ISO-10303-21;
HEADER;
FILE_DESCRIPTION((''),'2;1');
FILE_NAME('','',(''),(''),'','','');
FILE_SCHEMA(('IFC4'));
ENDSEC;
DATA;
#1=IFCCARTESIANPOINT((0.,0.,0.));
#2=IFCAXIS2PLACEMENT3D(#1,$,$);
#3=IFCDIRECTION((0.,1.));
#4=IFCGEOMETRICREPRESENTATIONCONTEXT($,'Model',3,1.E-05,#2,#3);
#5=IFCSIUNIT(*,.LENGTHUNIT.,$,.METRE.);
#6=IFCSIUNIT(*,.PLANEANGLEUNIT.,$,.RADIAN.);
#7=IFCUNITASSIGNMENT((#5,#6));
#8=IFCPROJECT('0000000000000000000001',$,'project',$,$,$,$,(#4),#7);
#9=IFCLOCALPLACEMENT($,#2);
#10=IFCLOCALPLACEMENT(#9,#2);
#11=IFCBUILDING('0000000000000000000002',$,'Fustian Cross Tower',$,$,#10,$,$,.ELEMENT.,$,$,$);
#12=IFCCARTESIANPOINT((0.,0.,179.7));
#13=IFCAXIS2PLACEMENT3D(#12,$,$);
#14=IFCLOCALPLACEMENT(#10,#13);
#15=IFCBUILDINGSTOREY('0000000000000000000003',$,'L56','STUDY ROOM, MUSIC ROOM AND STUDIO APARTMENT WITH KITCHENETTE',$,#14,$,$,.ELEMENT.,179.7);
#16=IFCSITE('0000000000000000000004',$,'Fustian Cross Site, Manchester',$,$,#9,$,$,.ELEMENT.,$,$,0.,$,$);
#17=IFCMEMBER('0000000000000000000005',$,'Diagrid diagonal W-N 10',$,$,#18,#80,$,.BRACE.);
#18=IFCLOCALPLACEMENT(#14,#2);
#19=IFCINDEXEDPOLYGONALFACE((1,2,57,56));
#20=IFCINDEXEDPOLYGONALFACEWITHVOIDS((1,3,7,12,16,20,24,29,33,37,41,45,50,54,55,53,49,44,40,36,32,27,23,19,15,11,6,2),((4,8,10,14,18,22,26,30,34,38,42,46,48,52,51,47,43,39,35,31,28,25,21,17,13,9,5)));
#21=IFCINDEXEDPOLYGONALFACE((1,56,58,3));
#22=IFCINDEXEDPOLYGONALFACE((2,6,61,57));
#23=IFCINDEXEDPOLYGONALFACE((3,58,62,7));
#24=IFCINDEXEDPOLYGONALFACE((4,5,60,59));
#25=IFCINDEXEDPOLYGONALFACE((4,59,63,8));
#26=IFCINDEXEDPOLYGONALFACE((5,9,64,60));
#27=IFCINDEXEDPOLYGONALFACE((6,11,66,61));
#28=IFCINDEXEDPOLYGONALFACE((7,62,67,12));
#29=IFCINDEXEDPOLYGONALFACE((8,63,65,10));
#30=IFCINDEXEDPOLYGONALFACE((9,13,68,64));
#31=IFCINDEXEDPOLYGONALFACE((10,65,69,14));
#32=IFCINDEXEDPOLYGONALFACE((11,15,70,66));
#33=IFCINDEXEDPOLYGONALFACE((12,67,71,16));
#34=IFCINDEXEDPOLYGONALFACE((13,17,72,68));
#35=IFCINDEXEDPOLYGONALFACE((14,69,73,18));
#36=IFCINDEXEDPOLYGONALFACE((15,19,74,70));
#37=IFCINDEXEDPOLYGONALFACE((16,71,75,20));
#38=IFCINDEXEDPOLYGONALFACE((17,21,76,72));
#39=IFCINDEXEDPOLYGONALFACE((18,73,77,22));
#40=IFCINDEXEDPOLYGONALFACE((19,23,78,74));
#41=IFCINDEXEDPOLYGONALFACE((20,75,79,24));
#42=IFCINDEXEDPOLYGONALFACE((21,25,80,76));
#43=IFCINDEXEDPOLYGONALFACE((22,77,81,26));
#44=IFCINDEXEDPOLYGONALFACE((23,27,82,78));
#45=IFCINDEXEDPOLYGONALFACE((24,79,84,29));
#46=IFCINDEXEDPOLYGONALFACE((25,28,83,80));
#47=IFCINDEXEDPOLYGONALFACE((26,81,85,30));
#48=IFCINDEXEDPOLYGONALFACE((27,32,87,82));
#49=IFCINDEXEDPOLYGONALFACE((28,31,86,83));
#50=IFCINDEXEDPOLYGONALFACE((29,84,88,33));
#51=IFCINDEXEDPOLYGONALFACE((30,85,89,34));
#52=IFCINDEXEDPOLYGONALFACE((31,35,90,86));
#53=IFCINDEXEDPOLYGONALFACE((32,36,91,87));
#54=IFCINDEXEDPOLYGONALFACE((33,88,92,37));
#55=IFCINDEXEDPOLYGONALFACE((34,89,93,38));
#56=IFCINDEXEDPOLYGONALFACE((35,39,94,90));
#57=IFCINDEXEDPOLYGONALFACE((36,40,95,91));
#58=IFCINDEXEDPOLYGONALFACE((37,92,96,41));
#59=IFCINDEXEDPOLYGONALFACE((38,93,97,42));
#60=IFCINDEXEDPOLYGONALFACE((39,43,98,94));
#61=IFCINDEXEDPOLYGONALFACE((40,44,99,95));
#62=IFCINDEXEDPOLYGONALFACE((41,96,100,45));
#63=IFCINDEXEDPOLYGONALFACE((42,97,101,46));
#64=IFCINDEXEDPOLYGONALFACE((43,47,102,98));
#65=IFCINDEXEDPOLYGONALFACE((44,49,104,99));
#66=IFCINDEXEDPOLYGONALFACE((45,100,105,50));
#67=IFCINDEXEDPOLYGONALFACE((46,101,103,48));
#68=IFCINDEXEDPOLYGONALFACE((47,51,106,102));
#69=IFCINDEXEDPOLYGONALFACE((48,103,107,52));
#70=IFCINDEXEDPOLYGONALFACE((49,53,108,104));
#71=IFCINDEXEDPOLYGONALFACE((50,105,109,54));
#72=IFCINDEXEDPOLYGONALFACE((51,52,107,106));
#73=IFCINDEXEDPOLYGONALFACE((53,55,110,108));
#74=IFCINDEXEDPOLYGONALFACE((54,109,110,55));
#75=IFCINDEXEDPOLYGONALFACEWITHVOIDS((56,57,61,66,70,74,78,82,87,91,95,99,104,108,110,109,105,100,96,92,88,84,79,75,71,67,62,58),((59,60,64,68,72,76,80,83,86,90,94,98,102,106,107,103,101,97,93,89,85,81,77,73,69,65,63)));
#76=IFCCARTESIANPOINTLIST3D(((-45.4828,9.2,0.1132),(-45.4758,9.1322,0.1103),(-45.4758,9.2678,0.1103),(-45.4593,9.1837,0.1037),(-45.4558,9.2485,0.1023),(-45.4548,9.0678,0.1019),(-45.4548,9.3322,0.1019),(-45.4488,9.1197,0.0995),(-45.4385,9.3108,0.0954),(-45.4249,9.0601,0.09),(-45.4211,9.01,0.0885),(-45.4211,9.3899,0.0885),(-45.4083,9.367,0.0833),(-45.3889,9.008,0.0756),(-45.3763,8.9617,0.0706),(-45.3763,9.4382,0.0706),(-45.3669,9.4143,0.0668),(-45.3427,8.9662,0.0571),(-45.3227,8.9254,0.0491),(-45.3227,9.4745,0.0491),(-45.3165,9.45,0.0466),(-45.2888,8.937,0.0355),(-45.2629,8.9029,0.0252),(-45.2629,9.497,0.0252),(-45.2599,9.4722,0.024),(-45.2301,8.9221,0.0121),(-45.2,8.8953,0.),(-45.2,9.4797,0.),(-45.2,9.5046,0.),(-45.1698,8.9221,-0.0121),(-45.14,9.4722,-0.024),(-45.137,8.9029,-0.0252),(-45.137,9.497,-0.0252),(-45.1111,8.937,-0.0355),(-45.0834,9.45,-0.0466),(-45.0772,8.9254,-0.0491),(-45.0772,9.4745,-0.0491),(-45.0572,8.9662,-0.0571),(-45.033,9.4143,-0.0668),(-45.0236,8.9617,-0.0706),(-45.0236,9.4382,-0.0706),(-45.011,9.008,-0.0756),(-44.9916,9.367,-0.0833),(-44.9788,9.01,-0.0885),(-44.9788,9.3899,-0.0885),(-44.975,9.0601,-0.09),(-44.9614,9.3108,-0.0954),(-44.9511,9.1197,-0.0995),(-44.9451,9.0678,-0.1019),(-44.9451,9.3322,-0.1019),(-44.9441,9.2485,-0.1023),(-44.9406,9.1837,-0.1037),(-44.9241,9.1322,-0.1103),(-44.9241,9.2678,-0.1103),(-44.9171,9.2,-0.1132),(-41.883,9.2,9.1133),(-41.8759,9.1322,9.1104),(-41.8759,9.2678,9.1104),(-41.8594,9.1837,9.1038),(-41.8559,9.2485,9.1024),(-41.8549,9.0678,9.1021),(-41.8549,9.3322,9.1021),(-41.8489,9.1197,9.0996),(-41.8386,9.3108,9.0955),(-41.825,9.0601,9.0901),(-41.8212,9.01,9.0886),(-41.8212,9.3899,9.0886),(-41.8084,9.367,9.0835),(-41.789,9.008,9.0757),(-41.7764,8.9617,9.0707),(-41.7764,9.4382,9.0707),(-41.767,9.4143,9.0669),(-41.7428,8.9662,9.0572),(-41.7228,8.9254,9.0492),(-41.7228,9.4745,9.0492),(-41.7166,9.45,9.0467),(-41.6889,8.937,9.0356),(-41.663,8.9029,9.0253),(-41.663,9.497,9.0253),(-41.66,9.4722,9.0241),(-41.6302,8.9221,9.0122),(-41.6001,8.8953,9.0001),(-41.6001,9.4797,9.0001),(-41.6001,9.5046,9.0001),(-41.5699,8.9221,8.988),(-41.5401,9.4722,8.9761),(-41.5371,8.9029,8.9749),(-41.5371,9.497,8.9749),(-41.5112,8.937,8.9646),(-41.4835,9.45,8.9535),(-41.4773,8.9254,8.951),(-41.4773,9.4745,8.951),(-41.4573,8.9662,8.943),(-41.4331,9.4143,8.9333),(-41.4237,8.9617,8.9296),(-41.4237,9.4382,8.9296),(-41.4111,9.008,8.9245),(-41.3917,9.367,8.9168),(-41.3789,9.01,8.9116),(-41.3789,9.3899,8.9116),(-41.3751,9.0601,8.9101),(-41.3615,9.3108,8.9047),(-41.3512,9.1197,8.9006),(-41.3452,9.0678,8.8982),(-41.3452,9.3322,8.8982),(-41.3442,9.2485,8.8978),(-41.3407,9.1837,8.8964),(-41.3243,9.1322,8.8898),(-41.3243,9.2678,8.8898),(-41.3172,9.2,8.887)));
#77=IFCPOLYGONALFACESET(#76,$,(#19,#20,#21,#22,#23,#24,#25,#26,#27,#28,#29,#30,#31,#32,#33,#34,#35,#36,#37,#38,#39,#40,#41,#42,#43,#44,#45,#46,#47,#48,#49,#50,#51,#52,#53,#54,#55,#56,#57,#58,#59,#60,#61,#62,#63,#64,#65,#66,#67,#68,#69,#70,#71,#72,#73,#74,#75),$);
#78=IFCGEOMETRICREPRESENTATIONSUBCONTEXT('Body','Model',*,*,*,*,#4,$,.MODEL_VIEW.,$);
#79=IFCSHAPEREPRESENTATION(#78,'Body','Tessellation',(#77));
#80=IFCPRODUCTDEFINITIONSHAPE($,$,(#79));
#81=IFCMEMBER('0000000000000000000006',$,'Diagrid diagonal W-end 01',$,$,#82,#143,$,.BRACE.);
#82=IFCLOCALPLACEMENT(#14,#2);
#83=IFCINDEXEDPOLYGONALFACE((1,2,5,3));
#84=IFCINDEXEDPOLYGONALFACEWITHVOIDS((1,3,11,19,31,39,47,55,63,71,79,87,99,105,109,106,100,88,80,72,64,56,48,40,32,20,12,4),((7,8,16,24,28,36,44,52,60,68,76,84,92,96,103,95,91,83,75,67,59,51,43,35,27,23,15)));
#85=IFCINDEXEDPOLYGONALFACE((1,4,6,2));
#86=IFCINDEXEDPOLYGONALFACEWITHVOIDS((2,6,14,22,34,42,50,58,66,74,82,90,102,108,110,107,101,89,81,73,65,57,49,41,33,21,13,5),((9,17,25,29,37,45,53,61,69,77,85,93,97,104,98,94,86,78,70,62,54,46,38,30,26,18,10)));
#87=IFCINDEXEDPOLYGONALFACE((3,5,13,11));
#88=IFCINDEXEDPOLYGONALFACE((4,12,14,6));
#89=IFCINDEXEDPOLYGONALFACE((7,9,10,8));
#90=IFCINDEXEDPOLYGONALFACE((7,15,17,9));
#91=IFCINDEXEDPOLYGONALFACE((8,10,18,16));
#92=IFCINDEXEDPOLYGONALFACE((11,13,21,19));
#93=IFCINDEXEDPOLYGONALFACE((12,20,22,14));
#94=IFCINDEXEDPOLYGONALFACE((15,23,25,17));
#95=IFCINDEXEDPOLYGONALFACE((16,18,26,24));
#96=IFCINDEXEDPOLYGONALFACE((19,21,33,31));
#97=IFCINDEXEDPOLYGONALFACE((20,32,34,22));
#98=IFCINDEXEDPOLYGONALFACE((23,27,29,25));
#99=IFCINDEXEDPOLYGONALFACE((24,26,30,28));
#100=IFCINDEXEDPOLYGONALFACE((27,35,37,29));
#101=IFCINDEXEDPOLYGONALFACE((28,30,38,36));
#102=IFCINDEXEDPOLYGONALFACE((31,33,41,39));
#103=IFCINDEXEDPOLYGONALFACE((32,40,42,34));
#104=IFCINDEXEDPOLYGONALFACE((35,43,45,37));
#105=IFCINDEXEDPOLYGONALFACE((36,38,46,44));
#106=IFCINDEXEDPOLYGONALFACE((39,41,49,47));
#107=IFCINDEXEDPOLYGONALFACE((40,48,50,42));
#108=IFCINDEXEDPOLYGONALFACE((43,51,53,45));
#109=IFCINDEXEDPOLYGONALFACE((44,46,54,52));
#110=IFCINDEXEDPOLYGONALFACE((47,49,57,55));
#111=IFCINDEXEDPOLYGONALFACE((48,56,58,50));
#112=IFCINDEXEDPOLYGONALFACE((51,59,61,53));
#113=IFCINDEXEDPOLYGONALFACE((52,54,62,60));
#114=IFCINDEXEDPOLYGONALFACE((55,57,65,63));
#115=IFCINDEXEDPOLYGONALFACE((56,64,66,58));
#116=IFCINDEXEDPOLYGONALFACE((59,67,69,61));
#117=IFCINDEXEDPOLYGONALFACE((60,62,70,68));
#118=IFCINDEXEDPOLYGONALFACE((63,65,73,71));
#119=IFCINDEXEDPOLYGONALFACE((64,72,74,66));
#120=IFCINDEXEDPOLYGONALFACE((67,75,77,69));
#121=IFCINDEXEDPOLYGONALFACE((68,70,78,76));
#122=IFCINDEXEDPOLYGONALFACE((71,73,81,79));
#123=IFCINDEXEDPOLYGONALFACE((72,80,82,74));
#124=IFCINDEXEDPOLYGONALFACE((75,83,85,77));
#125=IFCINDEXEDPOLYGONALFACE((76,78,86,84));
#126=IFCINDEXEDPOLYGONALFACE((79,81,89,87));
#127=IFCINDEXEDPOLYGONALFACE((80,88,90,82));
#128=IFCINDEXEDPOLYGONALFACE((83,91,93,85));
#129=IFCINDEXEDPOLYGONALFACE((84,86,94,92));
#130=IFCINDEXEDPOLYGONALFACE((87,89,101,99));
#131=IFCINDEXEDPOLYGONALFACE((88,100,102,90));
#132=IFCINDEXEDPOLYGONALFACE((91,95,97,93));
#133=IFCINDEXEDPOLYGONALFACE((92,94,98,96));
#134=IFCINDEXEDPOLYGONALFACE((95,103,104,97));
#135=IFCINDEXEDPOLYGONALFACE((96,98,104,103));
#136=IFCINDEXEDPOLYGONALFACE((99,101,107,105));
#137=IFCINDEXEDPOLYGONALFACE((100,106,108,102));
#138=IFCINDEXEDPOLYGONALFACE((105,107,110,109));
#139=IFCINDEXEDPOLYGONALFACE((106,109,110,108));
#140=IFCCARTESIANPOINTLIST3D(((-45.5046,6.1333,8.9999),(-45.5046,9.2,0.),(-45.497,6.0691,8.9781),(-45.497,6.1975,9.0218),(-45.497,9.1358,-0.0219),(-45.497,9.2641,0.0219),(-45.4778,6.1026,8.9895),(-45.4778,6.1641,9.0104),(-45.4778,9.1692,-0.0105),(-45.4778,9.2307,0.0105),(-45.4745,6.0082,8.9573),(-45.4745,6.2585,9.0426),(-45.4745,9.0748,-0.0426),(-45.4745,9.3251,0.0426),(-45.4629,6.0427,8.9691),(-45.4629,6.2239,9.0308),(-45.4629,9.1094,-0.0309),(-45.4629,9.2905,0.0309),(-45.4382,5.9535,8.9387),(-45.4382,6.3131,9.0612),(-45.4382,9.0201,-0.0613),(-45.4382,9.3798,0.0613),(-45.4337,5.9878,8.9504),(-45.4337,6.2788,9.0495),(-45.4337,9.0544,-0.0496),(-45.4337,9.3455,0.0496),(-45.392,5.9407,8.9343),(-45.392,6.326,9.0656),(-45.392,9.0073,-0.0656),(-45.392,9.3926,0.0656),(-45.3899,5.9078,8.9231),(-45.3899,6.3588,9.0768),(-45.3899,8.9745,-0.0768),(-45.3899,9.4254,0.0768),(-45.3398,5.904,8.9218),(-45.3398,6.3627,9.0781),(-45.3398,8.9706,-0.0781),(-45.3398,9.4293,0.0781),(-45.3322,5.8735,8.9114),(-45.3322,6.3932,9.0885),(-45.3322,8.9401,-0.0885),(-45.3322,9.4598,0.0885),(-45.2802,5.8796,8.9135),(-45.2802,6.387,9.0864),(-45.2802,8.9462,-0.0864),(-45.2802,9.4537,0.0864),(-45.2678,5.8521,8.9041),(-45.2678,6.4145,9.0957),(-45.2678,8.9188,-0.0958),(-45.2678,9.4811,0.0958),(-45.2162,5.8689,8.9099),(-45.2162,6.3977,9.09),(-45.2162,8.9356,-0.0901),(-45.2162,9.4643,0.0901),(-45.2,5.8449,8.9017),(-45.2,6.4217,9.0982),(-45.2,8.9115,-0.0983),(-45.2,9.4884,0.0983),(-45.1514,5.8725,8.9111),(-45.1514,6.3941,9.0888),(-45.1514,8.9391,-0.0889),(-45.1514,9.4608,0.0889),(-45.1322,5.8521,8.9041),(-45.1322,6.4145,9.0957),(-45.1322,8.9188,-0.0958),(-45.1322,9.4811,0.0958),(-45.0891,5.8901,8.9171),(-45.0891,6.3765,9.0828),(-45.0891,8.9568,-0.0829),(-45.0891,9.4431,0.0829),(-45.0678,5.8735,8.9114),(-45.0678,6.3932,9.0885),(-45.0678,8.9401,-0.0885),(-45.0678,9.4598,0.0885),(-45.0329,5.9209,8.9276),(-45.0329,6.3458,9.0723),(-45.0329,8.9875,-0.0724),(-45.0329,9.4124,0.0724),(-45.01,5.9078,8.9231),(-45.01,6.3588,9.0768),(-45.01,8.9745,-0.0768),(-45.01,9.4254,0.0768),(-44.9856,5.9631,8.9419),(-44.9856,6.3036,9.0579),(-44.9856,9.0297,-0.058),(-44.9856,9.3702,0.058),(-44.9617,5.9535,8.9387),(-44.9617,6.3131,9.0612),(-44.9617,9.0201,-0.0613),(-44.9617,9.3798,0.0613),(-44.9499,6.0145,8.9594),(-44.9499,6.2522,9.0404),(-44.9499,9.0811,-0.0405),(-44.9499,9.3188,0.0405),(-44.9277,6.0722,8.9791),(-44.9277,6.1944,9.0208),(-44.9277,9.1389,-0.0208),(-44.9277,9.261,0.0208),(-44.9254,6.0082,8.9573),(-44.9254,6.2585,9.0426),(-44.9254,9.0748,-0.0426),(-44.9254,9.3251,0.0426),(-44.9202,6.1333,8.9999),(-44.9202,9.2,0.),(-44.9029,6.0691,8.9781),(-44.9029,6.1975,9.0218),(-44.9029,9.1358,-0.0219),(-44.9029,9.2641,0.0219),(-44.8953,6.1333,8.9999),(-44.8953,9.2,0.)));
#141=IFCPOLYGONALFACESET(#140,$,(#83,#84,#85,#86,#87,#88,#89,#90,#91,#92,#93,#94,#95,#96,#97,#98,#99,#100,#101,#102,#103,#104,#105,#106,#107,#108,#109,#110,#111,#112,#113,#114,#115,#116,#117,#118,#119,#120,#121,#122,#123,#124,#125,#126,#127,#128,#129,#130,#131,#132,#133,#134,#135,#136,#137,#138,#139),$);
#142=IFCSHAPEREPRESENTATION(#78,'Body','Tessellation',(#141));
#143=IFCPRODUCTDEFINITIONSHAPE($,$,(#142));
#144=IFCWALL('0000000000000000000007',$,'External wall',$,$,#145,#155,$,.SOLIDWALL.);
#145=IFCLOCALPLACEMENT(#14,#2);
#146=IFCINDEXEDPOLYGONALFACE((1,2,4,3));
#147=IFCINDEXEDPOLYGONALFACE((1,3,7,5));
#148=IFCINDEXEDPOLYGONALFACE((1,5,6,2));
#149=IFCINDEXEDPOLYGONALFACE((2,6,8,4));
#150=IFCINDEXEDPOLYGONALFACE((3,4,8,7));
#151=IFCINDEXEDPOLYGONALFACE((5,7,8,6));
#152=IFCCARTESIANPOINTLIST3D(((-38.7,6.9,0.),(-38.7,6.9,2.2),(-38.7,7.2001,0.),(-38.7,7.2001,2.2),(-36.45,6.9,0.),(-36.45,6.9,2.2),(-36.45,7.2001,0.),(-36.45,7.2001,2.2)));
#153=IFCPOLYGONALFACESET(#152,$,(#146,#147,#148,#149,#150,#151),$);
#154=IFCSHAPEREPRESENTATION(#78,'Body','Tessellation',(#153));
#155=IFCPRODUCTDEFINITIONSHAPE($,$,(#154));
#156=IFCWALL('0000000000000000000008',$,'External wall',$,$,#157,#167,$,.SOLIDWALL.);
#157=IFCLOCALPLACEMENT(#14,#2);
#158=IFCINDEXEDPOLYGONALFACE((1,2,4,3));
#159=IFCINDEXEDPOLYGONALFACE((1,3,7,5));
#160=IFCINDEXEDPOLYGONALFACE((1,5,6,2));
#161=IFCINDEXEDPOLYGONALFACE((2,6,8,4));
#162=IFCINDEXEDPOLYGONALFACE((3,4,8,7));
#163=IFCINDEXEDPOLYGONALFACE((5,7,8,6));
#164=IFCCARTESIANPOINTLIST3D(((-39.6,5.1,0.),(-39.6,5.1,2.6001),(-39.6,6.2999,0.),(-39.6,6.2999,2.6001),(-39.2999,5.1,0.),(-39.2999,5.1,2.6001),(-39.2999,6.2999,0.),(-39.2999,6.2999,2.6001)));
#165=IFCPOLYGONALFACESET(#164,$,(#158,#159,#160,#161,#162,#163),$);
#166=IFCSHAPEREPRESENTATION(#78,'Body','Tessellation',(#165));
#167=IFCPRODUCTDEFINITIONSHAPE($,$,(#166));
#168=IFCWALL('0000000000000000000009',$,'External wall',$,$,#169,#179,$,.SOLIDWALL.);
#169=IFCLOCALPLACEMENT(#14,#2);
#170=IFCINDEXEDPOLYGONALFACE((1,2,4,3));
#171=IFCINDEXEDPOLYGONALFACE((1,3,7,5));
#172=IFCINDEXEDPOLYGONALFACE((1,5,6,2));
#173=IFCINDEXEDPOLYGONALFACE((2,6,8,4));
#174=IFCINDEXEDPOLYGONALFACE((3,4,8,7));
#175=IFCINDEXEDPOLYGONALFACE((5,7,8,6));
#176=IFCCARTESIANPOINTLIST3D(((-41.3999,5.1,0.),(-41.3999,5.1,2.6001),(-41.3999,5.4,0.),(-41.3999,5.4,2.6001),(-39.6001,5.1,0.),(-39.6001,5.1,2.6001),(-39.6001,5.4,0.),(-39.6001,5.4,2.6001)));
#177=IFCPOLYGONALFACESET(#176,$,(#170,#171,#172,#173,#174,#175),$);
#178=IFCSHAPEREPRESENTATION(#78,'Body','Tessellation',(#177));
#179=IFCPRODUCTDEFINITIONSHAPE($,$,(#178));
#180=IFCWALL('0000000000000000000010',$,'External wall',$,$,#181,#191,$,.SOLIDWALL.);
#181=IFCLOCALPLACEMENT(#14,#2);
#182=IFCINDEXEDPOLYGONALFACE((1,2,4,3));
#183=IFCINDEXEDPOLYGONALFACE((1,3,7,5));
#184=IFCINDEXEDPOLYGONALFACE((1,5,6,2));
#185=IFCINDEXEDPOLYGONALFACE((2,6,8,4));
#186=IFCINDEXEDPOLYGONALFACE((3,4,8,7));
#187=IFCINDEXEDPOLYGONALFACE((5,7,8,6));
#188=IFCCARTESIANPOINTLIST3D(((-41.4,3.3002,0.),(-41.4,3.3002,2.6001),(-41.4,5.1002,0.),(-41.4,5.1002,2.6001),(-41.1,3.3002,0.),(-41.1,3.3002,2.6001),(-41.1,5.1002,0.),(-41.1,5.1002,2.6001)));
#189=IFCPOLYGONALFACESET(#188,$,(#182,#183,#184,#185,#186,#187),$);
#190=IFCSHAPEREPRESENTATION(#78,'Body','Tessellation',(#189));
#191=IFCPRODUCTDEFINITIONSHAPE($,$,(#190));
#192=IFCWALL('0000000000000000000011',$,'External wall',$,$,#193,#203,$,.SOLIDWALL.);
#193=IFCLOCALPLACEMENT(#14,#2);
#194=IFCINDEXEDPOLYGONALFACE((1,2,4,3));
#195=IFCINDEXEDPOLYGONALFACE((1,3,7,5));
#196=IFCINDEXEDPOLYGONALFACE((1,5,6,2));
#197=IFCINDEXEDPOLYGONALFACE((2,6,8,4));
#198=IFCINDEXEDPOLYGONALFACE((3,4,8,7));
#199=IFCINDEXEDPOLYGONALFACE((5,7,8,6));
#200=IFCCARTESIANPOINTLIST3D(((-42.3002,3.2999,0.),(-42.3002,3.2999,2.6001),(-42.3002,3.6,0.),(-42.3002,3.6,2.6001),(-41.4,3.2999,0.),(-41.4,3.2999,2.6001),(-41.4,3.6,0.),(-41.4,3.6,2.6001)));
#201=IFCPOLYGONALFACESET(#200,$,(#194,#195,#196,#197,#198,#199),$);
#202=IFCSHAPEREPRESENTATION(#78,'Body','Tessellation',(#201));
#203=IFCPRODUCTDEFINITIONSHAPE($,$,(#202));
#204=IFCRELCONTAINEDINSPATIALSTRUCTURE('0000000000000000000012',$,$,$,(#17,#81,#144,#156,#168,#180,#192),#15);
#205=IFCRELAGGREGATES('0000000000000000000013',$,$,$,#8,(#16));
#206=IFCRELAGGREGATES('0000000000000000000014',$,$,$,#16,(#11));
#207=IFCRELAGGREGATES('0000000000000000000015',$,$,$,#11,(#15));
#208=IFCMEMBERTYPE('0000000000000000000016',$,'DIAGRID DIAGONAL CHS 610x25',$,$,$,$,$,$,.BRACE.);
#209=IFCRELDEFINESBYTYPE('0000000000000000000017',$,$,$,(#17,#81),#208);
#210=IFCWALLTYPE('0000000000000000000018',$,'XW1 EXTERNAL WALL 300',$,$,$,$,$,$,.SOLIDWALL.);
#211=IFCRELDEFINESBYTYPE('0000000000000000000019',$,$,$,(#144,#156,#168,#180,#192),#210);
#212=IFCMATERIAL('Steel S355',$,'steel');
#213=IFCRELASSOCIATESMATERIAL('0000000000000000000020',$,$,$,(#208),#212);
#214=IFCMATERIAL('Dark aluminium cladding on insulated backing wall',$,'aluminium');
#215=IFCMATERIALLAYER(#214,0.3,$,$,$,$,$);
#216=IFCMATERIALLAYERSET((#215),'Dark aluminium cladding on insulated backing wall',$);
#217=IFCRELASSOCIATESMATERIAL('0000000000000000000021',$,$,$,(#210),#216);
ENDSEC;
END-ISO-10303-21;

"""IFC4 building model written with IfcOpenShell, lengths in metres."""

from ifc_helpers import new_model, si_unit, direction, frame, frame_2d, origin, origin_2d, place, context, subcontext, project, spatial, rectangle, hollow_circle, extrude, material, layer, layer_set, material_profile, profile_set, type_object, element, save


model = new_model("IFC4")

# Units and contexts
model_context = context("Model", 3, precision=1e-05, world=origin(), true_north=direction((0.0, 1.0)))
body_context = subcontext(model_context, "Body", "Model", "MODEL_VIEW")
ifc_project = project(units=[si_unit("LENGTHUNIT", "METRE"), si_unit("PLANEANGLEUNIT", "RADIAN")], contexts=[model_context])

# Site, building, storey
site_placement = place(None, origin())
site = spatial("IfcSite", under=ifc_project, at=site_placement, Name="Fustian Cross Site, Manchester", CompositionType="ELEMENT", RefElevation=0.0)
building_placement = place(site_placement, origin())
building = spatial("IfcBuilding", under=site, at=building_placement, Name="Fustian Cross Tower", CompositionType="ELEMENT")
storey_placement = place(building_placement, frame((0.0, 0.0, 179.7)))
storey = spatial("IfcBuildingStorey", under=building, at=storey_placement, Name="L56", Description="STUDY ROOM, MUSIC ROOM AND STUDIO APARTMENT WITH KITCHENETTE", CompositionType="ELEMENT", Elevation=179.7)

# Members
ifc_material_1 = material(Name="Steel S355", Category="steel")
ifc_material_profile_1 = material_profile(ifc_material_1, hollow_circle(Radius=0.3047, WallThickness=0.0249, at=origin_2d()), Name="CHS 610x25")
ifc_profile_set_1 = profile_set([ifc_material_profile_1], Name="Steel S355")
member_type_1 = type_object("IfcMemberType", Name="DIAGRID DIAGONAL CHS 610x25", PredefinedType="BRACE", material=ifc_profile_set_1)
member_1_placement = place(storey_placement, frame((-45.2, 9.2, 0.0), z_axis=(0.371378, 0.0, 0.928482), x_axis=(0.0, 1.0, 0.0)))
element("IfcMember", 1, at=member_1_placement, inside=storey, type_object=member_type_1, Name="Diagrid diagonal W-N 10", PredefinedType="BRACE", context=body_context, shape_type="SweptSolid", body=[
    extrude(hollow_circle(Radius=0.3047, WallThickness=0.0249, at=origin_2d()), origin(), (0.0, 0.0, 1.0), 9.6934),
])
member_2_placement = place(storey_placement, frame((-45.2, 9.2, 0.0), z_axis=(0.0, -0.32253, 0.946559), x_axis=(1.0, 0.0, 0.0)))
element("IfcMember", 2, at=member_2_placement, inside=storey, type_object=member_type_1, Name="Diagrid diagonal W-end 01", PredefinedType="BRACE", context=body_context, shape_type="SweptSolid", body=[
    extrude(hollow_circle(Radius=0.3047, WallThickness=0.0249, at=origin_2d()), origin(), (0.0, 0.0, 1.0), 9.5081),
])

# Walls
ifc_material_2 = material(Name="Dark aluminium cladding on insulated backing wall", Category="aluminium")
ifc_layer = layer(ifc_material_2, 0.3)
ifc_layer_set = layer_set([ifc_layer], Name="Dark aluminium cladding on insulated backing wall")
wall_type = type_object("IfcWallType", Name="XW1 EXTERNAL WALL 300", PredefinedType="SOLIDWALL", material=ifc_layer_set)
wall_1_placement = place(storey_placement, frame((-36.45, 7.05, 0.0), z_axis=(0.0, 0.0, 1.0), x_axis=(-1.0, 0.0, 0.0)))
element("IfcWall", 3, at=wall_1_placement, inside=storey, type_object=wall_type, Name="External wall", PredefinedType="SOLIDWALL", context=body_context, shape_type="SweptSolid", body=[
    extrude(rectangle(XDim=2.25, YDim=0.3, at=frame_2d((1.125, 0.0))), origin(), (0.0, 0.0, 1.0), 2.2),
])
wall_2_placement = place(storey_placement, frame((-39.45, 6.3, 0.0), z_axis=(0.0, 0.0, 1.0), x_axis=(0.0, -1.0, 0.0)))
element("IfcWall", 4, at=wall_2_placement, inside=storey, type_object=wall_type, Name="External wall", PredefinedType="SOLIDWALL", context=body_context, shape_type="SweptSolid", body=[
    extrude(rectangle(XDim=1.2, YDim=0.3, at=frame_2d((0.6001, 0.0))), origin(), (0.0, 0.0, 1.0), 2.6001),
])
wall_3_placement = place(storey_placement, frame((-39.6001, 5.25, 0.0), z_axis=(0.0, 0.0, 1.0), x_axis=(-1.0, 0.0, 0.0)))
element("IfcWall", 5, at=wall_3_placement, inside=storey, type_object=wall_type, Name="External wall", PredefinedType="SOLIDWALL", context=body_context, shape_type="SweptSolid", body=[
    extrude(rectangle(XDim=1.7998, YDim=0.3, at=frame_2d((0.8999, 0.0))), origin(), (0.0, 0.0, 1.0), 2.6001),
])
wall_4_placement = place(storey_placement, frame((-41.25, 5.1001, 0.0), z_axis=(0.0, 0.0, 1.0), x_axis=(0.0, -1.0, 0.0)))
element("IfcWall", 6, at=wall_4_placement, inside=storey, type_object=wall_type, Name="External wall", PredefinedType="SOLIDWALL", context=body_context, shape_type="SweptSolid", body=[
    extrude(rectangle(XDim=1.8, YDim=0.3, at=frame_2d((0.8999, 0.0))), origin(), (0.0, 0.0, 1.0), 2.6001),
])
wall_5_placement = place(storey_placement, frame((-41.3999, 3.45, 0.0), z_axis=(0.0, 0.0, 1.0), x_axis=(-1.0, 0.0, 0.0)))
element("IfcWall", 7, at=wall_5_placement, inside=storey, type_object=wall_type, Name="External wall", PredefinedType="SOLIDWALL", context=body_context, shape_type="SweptSolid", body=[
    extrude(rectangle(XDim=0.9001, YDim=0.3, at=frame_2d((0.4502, 0.0))), origin(), (0.0, 0.0, 1.0), 2.6001),
])

save(model, "model.ifc")
